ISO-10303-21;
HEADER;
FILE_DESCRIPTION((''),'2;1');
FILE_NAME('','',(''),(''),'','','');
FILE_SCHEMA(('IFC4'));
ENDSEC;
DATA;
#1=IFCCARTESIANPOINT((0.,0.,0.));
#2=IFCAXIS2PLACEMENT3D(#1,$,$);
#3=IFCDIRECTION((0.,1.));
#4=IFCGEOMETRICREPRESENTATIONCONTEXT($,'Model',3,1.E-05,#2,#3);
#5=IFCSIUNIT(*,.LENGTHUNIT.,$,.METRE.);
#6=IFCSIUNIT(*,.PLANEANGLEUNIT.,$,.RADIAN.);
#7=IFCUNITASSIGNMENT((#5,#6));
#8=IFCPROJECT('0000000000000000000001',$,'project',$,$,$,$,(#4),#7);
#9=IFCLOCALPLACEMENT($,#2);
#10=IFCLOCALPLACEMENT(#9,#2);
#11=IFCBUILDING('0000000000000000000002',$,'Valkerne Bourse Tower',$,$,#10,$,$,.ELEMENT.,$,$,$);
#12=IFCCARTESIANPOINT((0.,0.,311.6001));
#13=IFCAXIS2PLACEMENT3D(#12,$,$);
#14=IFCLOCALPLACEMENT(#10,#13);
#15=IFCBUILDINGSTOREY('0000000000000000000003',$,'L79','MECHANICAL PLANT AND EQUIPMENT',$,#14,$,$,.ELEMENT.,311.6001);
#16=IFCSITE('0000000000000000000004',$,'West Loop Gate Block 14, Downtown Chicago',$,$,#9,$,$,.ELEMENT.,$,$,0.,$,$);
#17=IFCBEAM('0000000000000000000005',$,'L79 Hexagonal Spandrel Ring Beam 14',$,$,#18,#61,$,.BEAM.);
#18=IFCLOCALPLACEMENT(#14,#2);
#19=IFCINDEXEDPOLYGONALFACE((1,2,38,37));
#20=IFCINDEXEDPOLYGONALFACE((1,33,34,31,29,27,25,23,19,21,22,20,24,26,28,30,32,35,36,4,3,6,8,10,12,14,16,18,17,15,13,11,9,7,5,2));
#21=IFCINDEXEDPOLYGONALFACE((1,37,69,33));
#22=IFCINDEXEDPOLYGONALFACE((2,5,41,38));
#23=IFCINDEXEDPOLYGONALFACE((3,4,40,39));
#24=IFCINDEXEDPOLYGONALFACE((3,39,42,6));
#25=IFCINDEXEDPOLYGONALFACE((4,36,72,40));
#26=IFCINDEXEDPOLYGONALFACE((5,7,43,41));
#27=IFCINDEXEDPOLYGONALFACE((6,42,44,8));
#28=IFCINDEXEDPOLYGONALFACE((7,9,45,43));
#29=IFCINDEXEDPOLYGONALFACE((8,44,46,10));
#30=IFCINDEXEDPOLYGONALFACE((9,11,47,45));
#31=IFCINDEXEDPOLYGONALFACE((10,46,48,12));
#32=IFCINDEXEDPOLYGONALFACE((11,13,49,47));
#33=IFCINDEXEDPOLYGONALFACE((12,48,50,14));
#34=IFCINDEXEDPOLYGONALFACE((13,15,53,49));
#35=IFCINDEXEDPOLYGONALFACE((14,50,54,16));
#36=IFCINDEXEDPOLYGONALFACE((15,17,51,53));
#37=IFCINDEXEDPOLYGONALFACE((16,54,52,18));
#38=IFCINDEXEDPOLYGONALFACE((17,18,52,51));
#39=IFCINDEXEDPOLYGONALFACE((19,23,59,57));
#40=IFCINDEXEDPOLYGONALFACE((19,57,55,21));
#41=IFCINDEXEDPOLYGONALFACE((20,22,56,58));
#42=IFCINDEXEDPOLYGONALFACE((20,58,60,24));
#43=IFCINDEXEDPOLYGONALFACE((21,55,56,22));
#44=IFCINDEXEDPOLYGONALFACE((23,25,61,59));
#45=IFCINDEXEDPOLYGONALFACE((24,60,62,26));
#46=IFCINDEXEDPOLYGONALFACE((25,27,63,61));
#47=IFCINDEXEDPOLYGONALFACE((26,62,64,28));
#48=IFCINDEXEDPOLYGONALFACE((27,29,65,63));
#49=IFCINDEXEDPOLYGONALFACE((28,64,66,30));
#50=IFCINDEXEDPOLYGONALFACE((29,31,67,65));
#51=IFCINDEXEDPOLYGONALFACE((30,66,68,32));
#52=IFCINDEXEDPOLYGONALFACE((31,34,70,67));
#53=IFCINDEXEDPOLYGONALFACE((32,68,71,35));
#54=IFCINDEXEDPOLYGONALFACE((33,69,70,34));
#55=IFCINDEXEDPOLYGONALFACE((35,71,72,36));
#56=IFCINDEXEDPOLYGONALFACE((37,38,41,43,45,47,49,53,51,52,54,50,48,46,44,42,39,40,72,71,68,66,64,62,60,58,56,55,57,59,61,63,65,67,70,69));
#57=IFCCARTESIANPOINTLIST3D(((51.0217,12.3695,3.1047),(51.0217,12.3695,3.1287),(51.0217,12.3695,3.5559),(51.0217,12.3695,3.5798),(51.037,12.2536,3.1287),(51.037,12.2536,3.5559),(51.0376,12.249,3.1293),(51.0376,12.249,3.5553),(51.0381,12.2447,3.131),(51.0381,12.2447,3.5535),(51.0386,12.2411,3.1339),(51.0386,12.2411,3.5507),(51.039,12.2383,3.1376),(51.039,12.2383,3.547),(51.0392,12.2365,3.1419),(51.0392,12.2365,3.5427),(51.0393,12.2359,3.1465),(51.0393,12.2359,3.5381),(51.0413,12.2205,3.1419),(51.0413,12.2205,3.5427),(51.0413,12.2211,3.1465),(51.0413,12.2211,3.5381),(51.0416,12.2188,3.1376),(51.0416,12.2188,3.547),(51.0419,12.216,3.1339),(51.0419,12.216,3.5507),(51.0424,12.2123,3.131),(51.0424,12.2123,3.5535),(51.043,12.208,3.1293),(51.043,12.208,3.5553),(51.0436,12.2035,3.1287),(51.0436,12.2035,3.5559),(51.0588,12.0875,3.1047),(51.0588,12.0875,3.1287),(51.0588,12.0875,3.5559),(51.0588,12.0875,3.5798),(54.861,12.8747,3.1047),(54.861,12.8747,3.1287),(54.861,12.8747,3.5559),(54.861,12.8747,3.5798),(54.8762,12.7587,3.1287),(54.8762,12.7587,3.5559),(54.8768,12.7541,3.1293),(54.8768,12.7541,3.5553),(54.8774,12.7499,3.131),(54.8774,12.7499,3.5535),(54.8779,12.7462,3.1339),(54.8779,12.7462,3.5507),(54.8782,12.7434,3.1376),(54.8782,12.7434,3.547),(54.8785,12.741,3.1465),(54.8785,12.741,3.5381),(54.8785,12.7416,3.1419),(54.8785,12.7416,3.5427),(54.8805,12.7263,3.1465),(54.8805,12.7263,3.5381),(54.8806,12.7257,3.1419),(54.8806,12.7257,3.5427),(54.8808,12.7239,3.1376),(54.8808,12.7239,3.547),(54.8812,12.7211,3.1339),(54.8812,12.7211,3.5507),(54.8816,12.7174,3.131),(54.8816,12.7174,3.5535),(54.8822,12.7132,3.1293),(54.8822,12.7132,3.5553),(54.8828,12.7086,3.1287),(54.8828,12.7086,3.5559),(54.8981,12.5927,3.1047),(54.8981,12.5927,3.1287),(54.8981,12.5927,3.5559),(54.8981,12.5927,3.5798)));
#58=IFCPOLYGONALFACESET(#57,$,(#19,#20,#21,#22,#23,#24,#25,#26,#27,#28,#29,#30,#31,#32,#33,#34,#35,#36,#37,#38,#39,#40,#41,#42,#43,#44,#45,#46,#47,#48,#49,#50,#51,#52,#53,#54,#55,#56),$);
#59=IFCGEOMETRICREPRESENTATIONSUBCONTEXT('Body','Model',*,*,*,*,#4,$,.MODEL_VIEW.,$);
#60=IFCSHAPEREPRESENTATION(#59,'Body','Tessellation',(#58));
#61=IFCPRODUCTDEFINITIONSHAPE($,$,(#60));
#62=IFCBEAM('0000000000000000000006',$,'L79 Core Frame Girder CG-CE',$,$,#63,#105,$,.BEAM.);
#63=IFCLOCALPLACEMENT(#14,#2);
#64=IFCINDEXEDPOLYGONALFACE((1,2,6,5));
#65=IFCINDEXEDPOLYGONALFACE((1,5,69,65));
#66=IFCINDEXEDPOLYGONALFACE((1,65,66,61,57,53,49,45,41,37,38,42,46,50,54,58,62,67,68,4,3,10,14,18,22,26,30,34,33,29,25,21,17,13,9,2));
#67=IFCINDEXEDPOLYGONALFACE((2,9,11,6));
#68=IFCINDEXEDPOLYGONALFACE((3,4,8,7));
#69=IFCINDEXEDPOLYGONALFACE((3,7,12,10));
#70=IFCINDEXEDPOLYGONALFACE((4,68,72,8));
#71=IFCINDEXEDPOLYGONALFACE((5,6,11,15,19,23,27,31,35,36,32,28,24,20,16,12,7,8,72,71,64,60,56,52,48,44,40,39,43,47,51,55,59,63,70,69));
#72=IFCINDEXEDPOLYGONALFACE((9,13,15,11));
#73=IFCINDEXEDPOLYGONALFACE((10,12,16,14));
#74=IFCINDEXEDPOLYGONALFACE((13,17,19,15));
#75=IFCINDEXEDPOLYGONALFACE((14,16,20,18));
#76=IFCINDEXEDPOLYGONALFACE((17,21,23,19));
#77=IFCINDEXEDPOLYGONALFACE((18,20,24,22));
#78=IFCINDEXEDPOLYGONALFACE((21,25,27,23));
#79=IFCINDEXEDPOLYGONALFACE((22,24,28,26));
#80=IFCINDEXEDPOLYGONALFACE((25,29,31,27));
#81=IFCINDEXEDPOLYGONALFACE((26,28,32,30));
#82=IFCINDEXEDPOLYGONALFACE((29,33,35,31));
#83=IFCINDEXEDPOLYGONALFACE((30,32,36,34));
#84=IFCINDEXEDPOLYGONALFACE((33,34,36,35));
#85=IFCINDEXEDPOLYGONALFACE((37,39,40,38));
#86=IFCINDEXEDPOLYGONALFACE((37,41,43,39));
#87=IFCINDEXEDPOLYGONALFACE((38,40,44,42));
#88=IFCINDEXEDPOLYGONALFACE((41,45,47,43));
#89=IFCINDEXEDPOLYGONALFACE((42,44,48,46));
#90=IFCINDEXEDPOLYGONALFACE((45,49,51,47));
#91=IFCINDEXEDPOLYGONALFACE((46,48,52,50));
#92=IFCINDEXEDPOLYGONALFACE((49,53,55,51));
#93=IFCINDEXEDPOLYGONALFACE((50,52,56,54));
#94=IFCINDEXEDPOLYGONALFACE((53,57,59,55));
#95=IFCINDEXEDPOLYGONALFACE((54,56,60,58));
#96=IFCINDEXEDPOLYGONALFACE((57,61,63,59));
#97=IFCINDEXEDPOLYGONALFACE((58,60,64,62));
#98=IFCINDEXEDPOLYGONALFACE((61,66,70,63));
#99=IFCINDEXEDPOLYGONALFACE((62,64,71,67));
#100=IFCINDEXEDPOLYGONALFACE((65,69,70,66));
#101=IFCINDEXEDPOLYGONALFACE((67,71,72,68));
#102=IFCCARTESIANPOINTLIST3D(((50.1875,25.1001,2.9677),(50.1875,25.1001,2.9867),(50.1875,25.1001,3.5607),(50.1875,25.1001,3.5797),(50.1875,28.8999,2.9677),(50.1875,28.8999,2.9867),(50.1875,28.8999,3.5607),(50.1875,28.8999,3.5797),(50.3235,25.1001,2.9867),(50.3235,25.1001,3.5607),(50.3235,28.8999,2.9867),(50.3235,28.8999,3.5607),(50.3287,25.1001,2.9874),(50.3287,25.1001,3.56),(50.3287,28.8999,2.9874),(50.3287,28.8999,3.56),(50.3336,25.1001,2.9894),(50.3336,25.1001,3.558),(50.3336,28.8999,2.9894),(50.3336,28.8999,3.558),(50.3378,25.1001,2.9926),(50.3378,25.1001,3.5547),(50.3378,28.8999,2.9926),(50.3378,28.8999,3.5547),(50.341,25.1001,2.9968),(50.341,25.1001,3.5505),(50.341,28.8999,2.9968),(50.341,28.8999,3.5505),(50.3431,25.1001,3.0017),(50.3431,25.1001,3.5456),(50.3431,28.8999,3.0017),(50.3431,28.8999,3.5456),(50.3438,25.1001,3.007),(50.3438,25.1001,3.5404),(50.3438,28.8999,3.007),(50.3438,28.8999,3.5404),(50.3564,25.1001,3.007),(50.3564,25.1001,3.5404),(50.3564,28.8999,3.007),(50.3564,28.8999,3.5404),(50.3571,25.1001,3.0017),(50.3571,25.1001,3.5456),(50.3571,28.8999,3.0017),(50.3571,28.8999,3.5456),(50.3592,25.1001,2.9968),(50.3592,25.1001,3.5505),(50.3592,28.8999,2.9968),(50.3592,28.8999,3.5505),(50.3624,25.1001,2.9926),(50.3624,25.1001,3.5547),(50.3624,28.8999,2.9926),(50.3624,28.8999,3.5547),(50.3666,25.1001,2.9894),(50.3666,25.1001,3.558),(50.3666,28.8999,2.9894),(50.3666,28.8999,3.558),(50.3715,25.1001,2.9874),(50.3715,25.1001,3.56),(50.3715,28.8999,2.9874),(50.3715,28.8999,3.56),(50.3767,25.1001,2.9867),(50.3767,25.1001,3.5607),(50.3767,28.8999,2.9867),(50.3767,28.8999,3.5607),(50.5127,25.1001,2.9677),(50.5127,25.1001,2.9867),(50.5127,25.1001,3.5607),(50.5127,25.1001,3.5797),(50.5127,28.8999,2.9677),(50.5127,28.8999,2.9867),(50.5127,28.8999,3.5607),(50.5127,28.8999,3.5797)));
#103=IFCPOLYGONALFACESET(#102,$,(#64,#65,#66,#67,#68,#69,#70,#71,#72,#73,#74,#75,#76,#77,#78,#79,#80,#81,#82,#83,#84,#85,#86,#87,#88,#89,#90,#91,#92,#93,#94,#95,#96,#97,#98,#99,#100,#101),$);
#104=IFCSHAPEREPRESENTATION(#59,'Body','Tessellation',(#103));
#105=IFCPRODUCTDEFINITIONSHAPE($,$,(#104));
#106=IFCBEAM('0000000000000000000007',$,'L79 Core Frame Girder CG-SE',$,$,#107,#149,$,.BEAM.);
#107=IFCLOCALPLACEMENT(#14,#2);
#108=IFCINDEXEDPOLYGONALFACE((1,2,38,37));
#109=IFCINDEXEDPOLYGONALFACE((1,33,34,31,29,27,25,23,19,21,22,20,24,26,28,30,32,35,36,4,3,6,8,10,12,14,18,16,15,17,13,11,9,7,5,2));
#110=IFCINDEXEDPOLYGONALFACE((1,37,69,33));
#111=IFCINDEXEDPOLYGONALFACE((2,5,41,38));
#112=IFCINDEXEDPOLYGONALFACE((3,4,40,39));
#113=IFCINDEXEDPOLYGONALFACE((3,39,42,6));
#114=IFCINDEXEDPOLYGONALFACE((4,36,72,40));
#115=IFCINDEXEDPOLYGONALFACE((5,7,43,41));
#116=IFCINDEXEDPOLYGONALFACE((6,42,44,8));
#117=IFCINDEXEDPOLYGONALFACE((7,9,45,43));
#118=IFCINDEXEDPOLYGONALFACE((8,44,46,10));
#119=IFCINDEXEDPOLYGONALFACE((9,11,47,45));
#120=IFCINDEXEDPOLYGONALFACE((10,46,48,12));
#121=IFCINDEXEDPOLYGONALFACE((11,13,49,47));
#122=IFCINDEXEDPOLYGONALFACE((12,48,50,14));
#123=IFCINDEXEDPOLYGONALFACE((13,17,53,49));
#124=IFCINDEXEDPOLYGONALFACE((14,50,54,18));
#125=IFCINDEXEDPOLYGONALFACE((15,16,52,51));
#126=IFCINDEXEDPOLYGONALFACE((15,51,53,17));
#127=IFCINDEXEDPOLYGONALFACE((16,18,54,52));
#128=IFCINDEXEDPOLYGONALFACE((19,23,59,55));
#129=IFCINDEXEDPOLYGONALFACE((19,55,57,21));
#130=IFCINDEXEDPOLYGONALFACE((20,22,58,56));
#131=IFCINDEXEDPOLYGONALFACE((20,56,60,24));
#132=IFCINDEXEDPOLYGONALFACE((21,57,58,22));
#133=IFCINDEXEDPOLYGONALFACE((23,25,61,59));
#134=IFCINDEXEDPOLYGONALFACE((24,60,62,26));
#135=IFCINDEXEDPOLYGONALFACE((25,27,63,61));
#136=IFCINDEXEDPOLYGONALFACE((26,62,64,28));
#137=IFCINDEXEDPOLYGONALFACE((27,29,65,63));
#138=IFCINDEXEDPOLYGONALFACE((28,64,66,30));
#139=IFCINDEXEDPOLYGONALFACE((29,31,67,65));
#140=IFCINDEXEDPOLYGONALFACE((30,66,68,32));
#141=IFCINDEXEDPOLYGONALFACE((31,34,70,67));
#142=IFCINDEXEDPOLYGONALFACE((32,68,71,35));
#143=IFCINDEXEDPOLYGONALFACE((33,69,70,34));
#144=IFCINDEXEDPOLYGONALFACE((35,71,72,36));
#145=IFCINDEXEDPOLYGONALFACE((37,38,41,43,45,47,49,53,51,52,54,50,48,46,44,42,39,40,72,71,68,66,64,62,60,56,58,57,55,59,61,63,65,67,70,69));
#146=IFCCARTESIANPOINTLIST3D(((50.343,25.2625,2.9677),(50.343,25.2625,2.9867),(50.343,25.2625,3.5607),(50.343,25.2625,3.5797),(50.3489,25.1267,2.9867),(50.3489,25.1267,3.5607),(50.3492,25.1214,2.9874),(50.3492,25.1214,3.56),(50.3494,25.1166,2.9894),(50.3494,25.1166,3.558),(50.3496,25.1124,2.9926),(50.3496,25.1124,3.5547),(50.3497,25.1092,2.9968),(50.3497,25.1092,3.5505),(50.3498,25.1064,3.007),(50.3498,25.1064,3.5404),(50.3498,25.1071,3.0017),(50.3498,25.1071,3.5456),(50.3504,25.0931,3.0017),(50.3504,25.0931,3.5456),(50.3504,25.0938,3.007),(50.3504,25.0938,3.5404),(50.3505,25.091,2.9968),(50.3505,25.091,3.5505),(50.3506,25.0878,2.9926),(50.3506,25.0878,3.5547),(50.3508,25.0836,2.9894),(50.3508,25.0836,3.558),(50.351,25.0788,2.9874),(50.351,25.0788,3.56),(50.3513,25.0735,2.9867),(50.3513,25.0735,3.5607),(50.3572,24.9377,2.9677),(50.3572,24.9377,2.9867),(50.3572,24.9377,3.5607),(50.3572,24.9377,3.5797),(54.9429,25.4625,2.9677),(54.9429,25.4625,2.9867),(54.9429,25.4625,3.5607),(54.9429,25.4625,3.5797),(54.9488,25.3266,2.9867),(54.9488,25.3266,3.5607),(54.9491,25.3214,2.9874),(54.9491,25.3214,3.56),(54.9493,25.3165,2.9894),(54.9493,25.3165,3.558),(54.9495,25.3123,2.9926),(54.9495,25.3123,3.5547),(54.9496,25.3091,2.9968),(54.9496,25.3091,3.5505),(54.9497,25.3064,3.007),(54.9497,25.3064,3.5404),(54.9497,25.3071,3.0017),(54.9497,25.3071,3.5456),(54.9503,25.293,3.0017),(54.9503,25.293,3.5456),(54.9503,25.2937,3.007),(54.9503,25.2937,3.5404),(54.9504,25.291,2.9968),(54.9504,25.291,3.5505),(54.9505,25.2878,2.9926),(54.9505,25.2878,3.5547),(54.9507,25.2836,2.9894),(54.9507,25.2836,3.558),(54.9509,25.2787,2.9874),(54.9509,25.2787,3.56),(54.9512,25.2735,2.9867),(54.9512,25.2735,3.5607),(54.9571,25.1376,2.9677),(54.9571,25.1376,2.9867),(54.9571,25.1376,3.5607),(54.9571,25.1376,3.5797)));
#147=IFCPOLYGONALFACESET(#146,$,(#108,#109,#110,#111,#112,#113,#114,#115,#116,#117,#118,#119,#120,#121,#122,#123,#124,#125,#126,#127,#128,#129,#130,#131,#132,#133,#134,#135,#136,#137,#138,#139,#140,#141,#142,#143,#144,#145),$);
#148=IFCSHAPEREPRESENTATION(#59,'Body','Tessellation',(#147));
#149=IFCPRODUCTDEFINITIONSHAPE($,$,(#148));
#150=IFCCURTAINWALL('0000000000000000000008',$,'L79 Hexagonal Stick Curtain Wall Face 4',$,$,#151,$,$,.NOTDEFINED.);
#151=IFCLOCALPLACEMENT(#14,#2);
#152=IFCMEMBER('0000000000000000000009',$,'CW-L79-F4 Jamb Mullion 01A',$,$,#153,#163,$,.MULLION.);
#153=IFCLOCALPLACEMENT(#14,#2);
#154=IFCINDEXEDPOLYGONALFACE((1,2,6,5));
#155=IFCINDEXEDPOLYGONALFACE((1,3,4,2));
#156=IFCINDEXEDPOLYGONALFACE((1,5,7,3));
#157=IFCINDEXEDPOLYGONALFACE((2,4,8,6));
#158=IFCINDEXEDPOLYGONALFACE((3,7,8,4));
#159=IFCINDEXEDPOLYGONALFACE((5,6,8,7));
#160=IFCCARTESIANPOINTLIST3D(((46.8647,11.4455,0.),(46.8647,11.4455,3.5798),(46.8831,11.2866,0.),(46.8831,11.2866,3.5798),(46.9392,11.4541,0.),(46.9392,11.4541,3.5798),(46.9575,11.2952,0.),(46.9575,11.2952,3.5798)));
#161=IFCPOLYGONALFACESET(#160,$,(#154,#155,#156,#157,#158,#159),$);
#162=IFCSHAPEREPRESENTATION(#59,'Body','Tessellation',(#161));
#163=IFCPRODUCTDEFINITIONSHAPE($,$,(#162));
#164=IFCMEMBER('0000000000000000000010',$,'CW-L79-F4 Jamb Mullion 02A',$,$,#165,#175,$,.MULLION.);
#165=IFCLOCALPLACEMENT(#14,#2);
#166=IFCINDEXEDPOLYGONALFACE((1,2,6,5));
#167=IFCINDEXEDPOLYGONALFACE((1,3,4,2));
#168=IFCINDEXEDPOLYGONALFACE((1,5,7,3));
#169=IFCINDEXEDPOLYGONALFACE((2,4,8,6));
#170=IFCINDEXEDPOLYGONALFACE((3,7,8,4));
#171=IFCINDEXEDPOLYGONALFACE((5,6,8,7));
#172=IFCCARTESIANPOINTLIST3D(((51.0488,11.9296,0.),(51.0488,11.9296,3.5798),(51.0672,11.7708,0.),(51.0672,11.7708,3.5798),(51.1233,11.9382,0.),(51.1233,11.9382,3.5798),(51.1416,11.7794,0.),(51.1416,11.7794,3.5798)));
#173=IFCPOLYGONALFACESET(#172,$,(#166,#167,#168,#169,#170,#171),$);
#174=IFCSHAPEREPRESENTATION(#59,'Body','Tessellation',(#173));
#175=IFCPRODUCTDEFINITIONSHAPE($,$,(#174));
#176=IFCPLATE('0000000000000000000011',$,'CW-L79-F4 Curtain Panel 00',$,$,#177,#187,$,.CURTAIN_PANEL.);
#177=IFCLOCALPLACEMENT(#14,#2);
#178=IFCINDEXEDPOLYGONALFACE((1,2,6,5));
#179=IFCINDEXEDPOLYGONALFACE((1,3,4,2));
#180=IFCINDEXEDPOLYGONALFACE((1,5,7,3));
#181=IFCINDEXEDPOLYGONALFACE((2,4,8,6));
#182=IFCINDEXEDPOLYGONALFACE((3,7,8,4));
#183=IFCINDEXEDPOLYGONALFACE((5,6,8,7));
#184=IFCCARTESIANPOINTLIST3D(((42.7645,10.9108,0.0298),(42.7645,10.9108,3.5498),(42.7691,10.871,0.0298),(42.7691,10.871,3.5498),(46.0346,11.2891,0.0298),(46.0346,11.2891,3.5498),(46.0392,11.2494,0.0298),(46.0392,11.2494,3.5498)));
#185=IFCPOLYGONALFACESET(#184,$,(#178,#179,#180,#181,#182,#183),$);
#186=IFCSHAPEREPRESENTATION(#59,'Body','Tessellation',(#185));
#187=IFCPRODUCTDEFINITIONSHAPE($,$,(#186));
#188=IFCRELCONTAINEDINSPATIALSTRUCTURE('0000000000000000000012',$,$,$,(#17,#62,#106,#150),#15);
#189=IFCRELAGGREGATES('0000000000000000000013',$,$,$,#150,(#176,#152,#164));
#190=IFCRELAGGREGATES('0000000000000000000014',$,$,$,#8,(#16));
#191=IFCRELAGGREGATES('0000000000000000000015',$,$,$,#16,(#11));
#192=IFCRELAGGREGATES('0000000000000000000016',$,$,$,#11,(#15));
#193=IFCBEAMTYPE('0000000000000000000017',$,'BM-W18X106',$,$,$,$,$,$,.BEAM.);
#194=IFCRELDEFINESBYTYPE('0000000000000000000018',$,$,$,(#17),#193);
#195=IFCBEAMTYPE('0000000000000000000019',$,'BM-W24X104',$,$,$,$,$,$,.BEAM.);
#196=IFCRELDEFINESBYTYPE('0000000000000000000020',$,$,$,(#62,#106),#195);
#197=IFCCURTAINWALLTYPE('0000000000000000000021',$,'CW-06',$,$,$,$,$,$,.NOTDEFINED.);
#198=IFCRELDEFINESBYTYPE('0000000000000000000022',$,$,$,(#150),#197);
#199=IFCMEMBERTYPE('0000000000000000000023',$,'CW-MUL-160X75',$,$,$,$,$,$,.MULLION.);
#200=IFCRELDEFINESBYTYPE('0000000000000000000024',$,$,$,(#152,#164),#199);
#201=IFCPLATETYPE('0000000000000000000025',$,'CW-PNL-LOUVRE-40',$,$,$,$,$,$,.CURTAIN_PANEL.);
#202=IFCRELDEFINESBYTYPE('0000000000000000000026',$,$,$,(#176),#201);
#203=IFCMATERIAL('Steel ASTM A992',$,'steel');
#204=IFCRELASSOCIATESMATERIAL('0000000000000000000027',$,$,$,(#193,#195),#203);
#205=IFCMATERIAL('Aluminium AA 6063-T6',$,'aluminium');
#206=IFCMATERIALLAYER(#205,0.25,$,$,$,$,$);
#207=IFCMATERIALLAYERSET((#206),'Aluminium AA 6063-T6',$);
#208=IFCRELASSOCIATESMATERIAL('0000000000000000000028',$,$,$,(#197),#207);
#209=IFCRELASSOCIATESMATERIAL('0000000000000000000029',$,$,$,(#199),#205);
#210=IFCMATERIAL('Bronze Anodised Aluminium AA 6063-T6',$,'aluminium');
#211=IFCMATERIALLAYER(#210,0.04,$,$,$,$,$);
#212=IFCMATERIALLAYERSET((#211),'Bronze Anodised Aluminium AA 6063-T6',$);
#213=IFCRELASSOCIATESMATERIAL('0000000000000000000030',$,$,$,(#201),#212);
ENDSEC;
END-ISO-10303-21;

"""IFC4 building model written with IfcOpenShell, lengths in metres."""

from ifc_helpers import new_model, si_unit, direction, frame, origin, origin_2d, place, context, subcontext, project, spatial, rectangle, i_section, extrude, material, layer, layer_set, material_profile, profile_set, type_object, element, aggregate, save


model = new_model("IFC4")

# Units and contexts
model_context = context("Model", 3, precision=1e-05, world=origin(), true_north=direction((0.0, 1.0)))
body_context = subcontext(model_context, "Body", "Model", "MODEL_VIEW")
ifc_project = project(units=[si_unit("LENGTHUNIT", "METRE"), si_unit("PLANEANGLEUNIT", "RADIAN")], contexts=[model_context])

# Site, building, storey
site_placement = place(None, origin())
site = spatial("IfcSite", under=ifc_project, at=site_placement, Name="West Loop Gate Block 14, Downtown Chicago", CompositionType="ELEMENT", RefElevation=0.0)
building_placement = place(site_placement, origin())
building = spatial("IfcBuilding", under=site, at=building_placement, Name="Valkerne Bourse Tower", CompositionType="ELEMENT")
storey_placement = place(building_placement, frame((0.0, 0.0, 311.6001)))
storey = spatial("IfcBuildingStorey", under=building, at=storey_placement, Name="L79", Description="MECHANICAL PLANT AND EQUIPMENT", CompositionType="ELEMENT", Elevation=311.6001)

# Beams
ifc_material_1 = material(Name="Steel ASTM A992", Category="steel")
ifc_material_profile_1 = material_profile(ifc_material_1, i_section(OverallWidth=0.2844, OverallDepth=0.4751, WebThickness=0.0149, FlangeThickness=0.0239, FilletRadius=0.0178, at=origin_2d()), Name="W18X106")
ifc_profile_set_1 = profile_set([ifc_material_profile_1], Name="Steel ASTM A992")
beam_type_1 = type_object("IfcBeamType", Name="BM-W18X106", PredefinedType="BEAM", material=ifc_profile_set_1)
beam_1_placement = place(storey_placement, frame((51.0403, 12.2285, 3.3423), z_axis=(0.991455, 0.13045, 0.0), x_axis=(-0.13045, 0.991455, 0.0)))
element("IfcBeam", 1, at=beam_1_placement, inside=storey, type_object=beam_type_1, Name="L79 Hexagonal Spandrel Ring Beam 14", PredefinedType="BEAM", context=body_context, shape_type="SweptSolid", body=[
    extrude(i_section(OverallWidth=0.2844, OverallDepth=0.4751, WebThickness=0.0149, FlangeThickness=0.0239, FilletRadius=0.0178, at=origin_2d()), origin(), (0.0, 0.0, 1.0), 3.8723),
])
ifc_material_profile_2 = material_profile(ifc_material_1, i_section(OverallWidth=0.3252, OverallDepth=0.6121, WebThickness=0.0127, FlangeThickness=0.019, FilletRadius=0.0203, at=origin_2d()), Name="W24X104")
ifc_profile_set_2 = profile_set([ifc_material_profile_2], Name="Steel ASTM A992")
beam_type_2 = type_object("IfcBeamType", Name="BM-W24X104", PredefinedType="BEAM", material=ifc_profile_set_2)
beam_2_placement = place(storey_placement, frame((50.3501, 25.1001, 3.2737), z_axis=(0.0, 1.0, 0.0), x_axis=(-1.0, 0.0, 0.0)))
element("IfcBeam", 2, at=beam_2_placement, inside=storey, type_object=beam_type_2, Name="L79 Core Frame Girder CG-CE", PredefinedType="BEAM", context=body_context, shape_type="SweptSolid", body=[
    extrude(i_section(OverallWidth=0.3252, OverallDepth=0.6121, WebThickness=0.0127, FlangeThickness=0.019, FilletRadius=0.0203, at=origin_2d()), origin(), (0.0, 0.0, 1.0), 3.7998),
])
beam_3_placement = place(storey_placement, frame((50.3501, 25.1001, 3.2737), z_axis=(0.999057, 0.043428, 0.0), x_axis=(-0.043428, 0.999057, 0.0)))
element("IfcBeam", 3, at=beam_3_placement, inside=storey, type_object=beam_type_2, Name="L79 Core Frame Girder CG-SE", PredefinedType="BEAM", context=body_context, shape_type="SweptSolid", body=[
    extrude(i_section(OverallWidth=0.3252, OverallDepth=0.6121, WebThickness=0.0127, FlangeThickness=0.019, FilletRadius=0.0203, at=origin_2d()), origin(), (0.0, 0.0, 1.0), 4.6042),
])

# Curtain wall, members, plate
ifc_material_2 = material(Name="Aluminium AA 6063-T6", Category="aluminium")
ifc_layer_1 = layer(ifc_material_2, 0.25)
ifc_layer_set_1 = layer_set([ifc_layer_1], Name="Aluminium AA 6063-T6")
curtain_wall_type = type_object("IfcCurtainWallType", Name="CW-06", PredefinedType="NOTDEFINED", material=ifc_layer_set_1)
curtain_wall_placement = place(storey_placement, origin())
curtain_wall = element("IfcCurtainWall", 4, at=curtain_wall_placement, inside=storey, type_object=curtain_wall_type, Name="L79 Hexagonal Stick Curtain Wall Face 4", PredefinedType="NOTDEFINED")
ifc_material_profile_3 = material_profile(ifc_material_2, rectangle(XDim=0.075, YDim=0.1599, at=origin_2d()), Name="CWM-75X160")
ifc_profile_set_3 = profile_set([ifc_material_profile_3], Name="Aluminium AA 6063-T6")
member_type = type_object("IfcMemberType", Name="CW-MUL-160X75", PredefinedType="MULLION", material=ifc_profile_set_3)
member_1_placement = place(storey_placement, frame((46.9111, 11.3704, 0.0), z_axis=(0.0, 0.0, 1.0), x_axis=(0.993373, 0.114936, 0.0)))
member_1 = element("IfcMember", 5, at=member_1_placement, type_object=member_type, Name="CW-L79-F4 Jamb Mullion 01A", PredefinedType="MULLION", context=body_context, shape_type="SweptSolid", body=[
    extrude(rectangle(XDim=0.075, YDim=0.1599, at=origin_2d()), origin(), (0.0, 0.0, 1.0), 3.5798),
])
member_2_placement = place(storey_placement, frame((51.0952, 11.8545, 0.0), z_axis=(0.0, 0.0, 1.0), x_axis=(0.993371, 0.114957, 0.0)))
member_2 = element("IfcMember", 6, at=member_2_placement, type_object=member_type, Name="CW-L79-F4 Jamb Mullion 02A", PredefinedType="MULLION", context=body_context, shape_type="SweptSolid", body=[
    extrude(rectangle(XDim=0.075, YDim=0.1599, at=origin_2d()), origin(), (0.0, 0.0, 1.0), 3.5798),
])
ifc_material_3 = material(Name="Bronze Anodised Aluminium AA 6063-T6", Category="aluminium")
ifc_layer_2 = layer(ifc_material_3, 0.04)
ifc_layer_set_2 = layer_set([ifc_layer_2], Name="Bronze Anodised Aluminium AA 6063-T6")
plate_type = type_object("IfcPlateType", Name="CW-PNL-LOUVRE-40", PredefinedType="CURTAIN_PANEL", material=ifc_layer_set_2)
plate_1_placement = place(storey_placement, frame((44.4019, 11.0801, 0.0298), z_axis=(0.0, 0.0, 1.0), x_axis=(0.993373, 0.114933, 0.0)))
plate_1 = element("IfcPlate", 7, at=plate_1_placement, type_object=plate_type, Name="CW-L79-F4 Curtain Panel 00", PredefinedType="CURTAIN_PANEL", context=body_context, shape_type="SweptSolid", body=[
    extrude(rectangle(XDim=3.292, YDim=0.04, at=origin_2d()), origin(), (0.0, 0.0, 1.0), 3.52),
])
aggregate(curtain_wall, [plate_1, member_1, member_2])

save(model, "model.ifc")
